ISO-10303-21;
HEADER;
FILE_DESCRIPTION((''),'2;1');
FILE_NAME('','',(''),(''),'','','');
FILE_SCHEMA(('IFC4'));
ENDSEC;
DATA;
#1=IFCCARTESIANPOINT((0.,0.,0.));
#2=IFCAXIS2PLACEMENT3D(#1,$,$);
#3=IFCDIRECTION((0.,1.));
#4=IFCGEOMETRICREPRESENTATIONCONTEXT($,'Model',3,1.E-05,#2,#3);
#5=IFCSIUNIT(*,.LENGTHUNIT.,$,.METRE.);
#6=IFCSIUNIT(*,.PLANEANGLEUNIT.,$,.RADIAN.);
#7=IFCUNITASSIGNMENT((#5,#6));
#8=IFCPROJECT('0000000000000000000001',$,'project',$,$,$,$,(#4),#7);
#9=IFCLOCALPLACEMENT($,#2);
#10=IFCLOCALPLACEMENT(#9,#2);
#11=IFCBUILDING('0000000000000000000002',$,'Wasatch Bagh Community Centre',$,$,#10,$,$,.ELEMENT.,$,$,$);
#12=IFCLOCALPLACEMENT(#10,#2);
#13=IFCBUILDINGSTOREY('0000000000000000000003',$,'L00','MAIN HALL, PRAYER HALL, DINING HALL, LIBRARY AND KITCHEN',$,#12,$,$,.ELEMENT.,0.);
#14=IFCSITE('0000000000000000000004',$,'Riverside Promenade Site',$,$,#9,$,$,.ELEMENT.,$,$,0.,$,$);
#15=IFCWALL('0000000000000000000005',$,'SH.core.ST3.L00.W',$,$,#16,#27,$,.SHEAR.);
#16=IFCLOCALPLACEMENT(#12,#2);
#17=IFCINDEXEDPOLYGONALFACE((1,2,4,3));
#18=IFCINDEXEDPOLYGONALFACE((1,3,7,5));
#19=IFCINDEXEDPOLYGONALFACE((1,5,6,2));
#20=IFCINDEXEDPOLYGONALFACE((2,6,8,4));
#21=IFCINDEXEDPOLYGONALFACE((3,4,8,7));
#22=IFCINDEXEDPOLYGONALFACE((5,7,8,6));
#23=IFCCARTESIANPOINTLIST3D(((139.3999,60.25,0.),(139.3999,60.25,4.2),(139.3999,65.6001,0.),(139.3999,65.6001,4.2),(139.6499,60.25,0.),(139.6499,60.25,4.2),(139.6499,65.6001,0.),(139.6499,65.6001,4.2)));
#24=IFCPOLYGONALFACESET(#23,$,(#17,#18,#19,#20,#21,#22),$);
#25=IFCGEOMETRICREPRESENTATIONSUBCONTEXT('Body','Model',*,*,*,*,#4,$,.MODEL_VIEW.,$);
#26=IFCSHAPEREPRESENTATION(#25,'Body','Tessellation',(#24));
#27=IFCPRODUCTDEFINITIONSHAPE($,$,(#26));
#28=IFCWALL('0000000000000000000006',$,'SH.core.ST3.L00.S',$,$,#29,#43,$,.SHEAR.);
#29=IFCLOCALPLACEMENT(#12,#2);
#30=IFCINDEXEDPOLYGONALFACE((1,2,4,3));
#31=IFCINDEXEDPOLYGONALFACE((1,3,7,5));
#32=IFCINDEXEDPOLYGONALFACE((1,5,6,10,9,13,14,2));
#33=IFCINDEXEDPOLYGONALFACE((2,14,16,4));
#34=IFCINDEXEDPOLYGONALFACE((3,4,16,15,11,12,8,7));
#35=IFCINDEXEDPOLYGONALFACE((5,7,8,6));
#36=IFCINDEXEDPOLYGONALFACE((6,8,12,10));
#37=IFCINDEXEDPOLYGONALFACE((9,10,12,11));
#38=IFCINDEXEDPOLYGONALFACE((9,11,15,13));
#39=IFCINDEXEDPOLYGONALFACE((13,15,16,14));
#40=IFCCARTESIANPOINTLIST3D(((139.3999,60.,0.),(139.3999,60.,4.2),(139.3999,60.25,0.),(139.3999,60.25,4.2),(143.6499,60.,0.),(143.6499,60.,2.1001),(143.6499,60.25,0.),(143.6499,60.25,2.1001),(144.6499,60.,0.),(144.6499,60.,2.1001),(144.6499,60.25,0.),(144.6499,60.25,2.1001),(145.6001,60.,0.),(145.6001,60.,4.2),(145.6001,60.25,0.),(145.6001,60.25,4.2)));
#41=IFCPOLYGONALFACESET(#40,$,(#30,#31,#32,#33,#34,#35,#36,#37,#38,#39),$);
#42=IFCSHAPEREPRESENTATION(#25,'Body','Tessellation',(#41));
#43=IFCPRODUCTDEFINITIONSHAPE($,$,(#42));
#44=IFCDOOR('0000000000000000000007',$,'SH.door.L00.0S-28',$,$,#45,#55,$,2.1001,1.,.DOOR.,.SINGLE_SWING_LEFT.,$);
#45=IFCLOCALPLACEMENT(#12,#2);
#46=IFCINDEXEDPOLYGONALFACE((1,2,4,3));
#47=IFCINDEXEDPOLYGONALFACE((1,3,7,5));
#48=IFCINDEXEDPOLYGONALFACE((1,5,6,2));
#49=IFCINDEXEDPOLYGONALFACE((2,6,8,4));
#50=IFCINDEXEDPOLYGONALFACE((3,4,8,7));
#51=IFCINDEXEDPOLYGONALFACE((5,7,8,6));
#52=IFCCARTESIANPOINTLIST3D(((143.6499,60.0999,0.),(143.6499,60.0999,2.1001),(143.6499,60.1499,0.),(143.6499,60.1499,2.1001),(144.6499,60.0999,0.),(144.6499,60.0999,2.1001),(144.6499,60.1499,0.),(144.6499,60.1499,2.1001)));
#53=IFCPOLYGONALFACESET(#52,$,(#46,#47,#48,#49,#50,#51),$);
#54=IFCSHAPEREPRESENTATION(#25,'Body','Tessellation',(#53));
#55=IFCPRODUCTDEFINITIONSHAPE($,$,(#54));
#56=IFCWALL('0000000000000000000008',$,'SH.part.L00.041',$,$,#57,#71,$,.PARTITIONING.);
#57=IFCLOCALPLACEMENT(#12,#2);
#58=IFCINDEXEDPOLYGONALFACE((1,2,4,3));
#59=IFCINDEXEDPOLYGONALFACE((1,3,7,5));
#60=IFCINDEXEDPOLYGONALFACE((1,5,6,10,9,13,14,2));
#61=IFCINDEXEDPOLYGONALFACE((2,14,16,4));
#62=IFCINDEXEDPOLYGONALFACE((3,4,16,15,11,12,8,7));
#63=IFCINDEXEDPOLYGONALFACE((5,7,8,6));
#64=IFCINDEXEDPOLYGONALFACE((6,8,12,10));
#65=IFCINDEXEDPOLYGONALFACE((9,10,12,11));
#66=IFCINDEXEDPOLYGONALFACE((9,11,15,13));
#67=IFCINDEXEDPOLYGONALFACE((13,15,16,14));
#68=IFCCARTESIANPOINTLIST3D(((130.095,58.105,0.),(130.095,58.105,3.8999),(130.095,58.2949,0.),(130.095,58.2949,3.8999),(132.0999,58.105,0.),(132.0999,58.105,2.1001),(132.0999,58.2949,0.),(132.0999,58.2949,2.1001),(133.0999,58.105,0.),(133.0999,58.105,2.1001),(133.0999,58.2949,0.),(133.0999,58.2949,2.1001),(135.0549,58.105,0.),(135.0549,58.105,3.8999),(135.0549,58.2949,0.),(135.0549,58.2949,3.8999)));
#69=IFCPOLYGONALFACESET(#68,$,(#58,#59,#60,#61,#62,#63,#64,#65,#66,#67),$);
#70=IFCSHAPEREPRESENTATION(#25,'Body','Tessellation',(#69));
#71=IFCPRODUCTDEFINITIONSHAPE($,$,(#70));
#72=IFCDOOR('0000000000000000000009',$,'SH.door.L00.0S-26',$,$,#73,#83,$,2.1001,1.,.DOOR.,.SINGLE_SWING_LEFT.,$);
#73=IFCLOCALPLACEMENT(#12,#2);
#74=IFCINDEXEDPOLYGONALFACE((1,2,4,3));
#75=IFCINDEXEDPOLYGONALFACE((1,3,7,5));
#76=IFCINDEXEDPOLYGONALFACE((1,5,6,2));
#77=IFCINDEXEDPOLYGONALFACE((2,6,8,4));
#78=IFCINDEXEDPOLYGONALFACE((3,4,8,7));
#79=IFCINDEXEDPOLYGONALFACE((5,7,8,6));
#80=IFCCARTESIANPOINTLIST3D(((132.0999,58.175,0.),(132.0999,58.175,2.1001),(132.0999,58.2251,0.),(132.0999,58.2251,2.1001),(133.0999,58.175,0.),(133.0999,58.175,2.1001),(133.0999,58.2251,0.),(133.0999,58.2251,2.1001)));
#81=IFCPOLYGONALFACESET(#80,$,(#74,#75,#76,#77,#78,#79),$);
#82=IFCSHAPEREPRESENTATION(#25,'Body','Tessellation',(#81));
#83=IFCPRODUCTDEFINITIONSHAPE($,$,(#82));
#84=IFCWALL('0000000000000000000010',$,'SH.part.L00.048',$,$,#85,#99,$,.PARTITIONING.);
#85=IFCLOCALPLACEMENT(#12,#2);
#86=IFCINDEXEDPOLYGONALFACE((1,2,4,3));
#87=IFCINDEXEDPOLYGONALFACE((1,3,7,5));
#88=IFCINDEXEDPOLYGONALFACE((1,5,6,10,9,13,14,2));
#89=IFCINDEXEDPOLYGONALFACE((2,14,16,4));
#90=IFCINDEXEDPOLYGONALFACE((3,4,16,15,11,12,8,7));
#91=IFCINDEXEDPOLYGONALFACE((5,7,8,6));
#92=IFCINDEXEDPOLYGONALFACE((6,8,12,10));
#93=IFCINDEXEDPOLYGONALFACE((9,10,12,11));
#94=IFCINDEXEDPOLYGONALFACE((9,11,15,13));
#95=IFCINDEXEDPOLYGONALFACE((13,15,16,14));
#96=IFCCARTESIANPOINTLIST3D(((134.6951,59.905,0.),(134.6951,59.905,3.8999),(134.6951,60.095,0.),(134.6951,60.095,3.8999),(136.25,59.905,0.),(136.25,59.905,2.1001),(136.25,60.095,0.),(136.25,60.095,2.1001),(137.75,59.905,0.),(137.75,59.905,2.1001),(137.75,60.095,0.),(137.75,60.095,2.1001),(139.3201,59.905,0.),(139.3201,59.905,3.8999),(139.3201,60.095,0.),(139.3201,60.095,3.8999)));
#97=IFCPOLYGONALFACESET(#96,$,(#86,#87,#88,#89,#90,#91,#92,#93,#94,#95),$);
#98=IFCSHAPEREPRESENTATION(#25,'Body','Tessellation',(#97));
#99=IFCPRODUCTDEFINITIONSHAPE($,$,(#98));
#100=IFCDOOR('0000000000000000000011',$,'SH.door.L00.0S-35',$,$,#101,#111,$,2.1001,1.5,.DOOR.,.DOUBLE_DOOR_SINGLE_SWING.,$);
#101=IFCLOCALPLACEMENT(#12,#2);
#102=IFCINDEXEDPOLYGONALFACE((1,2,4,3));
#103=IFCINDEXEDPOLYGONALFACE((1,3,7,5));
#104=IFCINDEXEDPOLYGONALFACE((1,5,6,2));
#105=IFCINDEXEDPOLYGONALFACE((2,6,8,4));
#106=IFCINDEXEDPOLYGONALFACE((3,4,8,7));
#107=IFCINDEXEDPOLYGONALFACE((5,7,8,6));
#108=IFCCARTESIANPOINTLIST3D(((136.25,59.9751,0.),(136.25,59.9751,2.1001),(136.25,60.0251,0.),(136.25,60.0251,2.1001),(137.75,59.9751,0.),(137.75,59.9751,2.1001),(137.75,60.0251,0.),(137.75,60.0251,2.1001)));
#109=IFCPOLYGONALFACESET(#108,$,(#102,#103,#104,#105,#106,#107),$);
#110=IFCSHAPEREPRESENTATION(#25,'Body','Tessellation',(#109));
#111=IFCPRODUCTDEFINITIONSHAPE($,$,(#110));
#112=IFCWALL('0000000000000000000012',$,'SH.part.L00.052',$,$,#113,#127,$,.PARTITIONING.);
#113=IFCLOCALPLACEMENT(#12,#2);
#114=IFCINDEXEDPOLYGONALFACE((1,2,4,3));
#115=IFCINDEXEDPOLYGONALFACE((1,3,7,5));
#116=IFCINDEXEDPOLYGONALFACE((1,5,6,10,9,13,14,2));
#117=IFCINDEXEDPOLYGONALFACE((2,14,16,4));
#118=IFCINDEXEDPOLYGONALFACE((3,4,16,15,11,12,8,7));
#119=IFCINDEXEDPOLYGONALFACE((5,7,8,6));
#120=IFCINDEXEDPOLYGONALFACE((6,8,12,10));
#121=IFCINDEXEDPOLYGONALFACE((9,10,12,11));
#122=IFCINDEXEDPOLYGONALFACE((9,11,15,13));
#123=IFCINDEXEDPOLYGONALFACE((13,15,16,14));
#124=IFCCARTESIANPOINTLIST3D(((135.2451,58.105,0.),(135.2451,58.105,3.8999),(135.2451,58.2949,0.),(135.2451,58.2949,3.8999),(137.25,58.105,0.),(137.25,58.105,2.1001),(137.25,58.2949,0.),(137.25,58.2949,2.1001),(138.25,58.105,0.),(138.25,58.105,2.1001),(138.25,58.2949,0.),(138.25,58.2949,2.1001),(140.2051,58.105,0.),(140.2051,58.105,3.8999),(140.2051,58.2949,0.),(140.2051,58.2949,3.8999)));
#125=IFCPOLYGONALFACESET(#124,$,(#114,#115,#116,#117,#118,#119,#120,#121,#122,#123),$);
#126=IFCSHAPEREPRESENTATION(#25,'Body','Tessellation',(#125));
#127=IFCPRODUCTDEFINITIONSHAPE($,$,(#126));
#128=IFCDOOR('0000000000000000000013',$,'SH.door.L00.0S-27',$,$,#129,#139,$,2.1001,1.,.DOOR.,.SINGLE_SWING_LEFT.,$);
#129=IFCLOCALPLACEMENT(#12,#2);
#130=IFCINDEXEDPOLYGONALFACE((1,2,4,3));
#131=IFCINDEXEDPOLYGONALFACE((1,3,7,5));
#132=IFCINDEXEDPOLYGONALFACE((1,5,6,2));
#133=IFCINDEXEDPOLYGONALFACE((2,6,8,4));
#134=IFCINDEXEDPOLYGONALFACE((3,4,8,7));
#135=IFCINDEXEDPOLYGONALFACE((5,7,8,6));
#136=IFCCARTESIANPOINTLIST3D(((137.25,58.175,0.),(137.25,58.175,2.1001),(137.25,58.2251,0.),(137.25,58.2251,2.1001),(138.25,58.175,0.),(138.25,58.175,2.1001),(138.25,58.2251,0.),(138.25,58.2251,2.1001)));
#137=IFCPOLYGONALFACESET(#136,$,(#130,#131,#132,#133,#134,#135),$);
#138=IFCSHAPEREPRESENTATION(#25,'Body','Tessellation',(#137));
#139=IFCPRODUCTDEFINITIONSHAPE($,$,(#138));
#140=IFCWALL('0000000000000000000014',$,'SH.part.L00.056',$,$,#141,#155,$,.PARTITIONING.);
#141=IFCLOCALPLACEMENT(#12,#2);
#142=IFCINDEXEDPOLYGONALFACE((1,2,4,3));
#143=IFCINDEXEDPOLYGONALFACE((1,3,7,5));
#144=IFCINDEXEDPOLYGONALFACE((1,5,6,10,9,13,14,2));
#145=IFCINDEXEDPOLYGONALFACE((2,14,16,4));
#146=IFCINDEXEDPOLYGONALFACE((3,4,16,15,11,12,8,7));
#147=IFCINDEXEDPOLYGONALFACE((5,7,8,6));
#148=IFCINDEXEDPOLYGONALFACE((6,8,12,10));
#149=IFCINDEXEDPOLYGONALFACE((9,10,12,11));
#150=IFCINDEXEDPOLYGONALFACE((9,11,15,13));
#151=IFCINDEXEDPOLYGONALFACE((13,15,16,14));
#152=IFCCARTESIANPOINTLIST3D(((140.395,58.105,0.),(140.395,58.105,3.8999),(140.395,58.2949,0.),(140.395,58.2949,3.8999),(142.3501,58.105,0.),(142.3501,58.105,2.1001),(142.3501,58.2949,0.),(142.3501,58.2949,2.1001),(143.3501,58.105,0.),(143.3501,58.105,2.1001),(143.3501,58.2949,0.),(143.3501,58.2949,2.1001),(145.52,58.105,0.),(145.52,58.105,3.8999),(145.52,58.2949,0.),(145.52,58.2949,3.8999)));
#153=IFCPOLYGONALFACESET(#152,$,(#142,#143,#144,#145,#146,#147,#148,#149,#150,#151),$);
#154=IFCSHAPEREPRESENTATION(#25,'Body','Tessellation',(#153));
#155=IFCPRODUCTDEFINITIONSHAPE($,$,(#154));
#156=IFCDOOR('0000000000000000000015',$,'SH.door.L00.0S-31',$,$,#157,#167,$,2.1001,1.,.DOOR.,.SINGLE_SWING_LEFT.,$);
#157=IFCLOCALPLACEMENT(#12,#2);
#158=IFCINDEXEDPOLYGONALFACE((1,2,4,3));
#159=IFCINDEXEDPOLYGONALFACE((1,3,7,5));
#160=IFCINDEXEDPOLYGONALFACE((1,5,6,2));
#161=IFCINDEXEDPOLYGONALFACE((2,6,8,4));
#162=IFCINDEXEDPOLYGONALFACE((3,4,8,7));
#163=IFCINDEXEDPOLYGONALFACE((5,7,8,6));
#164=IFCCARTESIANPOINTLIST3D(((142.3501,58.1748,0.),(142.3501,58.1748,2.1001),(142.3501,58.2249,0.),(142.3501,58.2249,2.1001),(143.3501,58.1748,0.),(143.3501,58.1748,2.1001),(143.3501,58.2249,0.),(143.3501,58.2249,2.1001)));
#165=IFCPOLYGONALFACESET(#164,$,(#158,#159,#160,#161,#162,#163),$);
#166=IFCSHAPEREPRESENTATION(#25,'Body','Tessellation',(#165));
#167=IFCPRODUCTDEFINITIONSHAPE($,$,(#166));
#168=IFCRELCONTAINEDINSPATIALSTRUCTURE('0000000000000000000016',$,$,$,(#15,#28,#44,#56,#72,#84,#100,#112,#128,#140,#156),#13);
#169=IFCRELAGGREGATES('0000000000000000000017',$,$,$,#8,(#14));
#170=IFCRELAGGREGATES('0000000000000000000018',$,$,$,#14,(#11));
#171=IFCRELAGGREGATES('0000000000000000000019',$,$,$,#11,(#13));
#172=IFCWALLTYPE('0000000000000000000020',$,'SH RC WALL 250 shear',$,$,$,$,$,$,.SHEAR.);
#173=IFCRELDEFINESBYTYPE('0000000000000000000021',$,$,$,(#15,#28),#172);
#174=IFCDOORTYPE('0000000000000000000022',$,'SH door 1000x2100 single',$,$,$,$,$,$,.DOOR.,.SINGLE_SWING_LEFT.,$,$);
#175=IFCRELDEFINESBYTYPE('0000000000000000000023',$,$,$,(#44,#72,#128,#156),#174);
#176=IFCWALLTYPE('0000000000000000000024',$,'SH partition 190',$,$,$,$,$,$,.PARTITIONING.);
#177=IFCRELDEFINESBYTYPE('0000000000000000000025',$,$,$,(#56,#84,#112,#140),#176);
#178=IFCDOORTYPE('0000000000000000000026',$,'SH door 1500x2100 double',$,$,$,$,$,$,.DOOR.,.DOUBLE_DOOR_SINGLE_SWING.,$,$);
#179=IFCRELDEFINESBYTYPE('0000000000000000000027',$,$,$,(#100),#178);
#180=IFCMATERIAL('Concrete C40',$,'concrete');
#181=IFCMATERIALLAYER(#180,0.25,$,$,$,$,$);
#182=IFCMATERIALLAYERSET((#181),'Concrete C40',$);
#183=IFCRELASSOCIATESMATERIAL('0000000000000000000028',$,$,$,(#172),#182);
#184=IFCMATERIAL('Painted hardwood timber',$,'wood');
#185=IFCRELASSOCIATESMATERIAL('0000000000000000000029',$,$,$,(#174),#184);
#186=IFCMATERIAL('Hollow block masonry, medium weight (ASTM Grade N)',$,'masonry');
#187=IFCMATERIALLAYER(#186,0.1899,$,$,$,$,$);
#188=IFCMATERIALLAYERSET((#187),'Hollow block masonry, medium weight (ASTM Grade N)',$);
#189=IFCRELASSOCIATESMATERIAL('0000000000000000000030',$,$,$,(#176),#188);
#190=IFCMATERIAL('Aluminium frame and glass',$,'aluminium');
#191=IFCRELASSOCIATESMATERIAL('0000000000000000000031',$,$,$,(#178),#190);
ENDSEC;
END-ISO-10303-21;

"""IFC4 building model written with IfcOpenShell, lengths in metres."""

from ifc_helpers import new_model, si_unit, direction, frame, frame_2d, origin, place, context, subcontext, project, spatial, rectangle, extrude, material, layer, layer_set, type_object, element, fill, save


model = new_model("IFC4")

# Units and contexts
model_context = context("Model", 3, precision=1e-05, world=origin(), true_north=direction((0.0, 1.0)))
body_context = subcontext(model_context, "Body", "Model", "MODEL_VIEW")
ifc_project = project(units=[si_unit("LENGTHUNIT", "METRE"), si_unit("PLANEANGLEUNIT", "RADIAN")], contexts=[model_context])

# Site, building, storey
site_placement = place(None, origin())
site = spatial("IfcSite", under=ifc_project, at=site_placement, Name="Riverside Promenade Site", CompositionType="ELEMENT", RefElevation=0.0)
building_placement = place(site_placement, origin())
building = spatial("IfcBuilding", under=site, at=building_placement, Name="Wasatch Bagh Community Centre", CompositionType="ELEMENT")
storey_placement = place(building_placement, origin())
storey = spatial("IfcBuildingStorey", under=building, at=storey_placement, Name="L00", Description="MAIN HALL, PRAYER HALL, DINING HALL, LIBRARY AND KITCHEN", CompositionType="ELEMENT", Elevation=0.0)

# Shared definitions
ifc_material_1 = material(Name="Concrete C40", Category="concrete")

# Wall
ifc_layer_1 = layer(ifc_material_1, 0.25)
ifc_layer_set_1 = layer_set([ifc_layer_1], Name="Concrete C40")
wall_type_1 = type_object("IfcWallType", Name="SH RC WALL 250 shear", PredefinedType="SHEAR", material=ifc_layer_set_1)
wall_1_placement = place(storey_placement, frame((139.5249, 60.25, 0.0), z_axis=(0.0, 0.0, 1.0), x_axis=(0.0, 1.0, 0.0)))
element("IfcWall", 1, at=wall_1_placement, inside=storey, type_object=wall_type_1, Name="SH.core.ST3.L00.W", PredefinedType="SHEAR", context=body_context, shape_type="SweptSolid", body=[
    extrude(rectangle(XDim=5.3501, YDim=0.25, at=frame_2d((2.675, 0.0))), origin(), (0.0, 0.0, 1.0), 4.2),
])

# Walls, openings, doors
wall_2_placement = place(storey_placement, frame((139.3999, 60.125, 0.0), z_axis=(0.0, 0.0, 1.0), x_axis=(1.0, 0.0, 0.0)))
wall_2 = element("IfcWall", 2, at=wall_2_placement, inside=storey, type_object=wall_type_1, Name="SH.core.ST3.L00.S", PredefinedType="SHEAR", context=body_context, shape_type="SweptSolid", body=[
    extrude(rectangle(XDim=6.2002, YDim=0.25, at=frame_2d((3.1001, 0.0))), origin(), (0.0, 0.0, 1.0), 4.2),
])
opening_1_placement = place(wall_2_placement, frame((4.25, 0.0, 0.0)))
opening_1 = element("IfcOpeningElement", 3, at=opening_1_placement, cuts=wall_2, PredefinedType="OPENING", context=body_context, shape_type="SweptSolid", body=[
    extrude(rectangle(XDim=1.0, YDim=2.1001, at=frame_2d((0.5, 1.05))), frame((0.0, 0.135, 0.0), z_axis=(0.0, -1.0, 0.0), x_axis=(1.0, 0.0, 0.0)), (0.0, 0.0, 1.0), 0.27),
])
ifc_material_2 = material(Name="Painted hardwood timber", Category="wood")
door_type_1 = type_object("IfcDoorType", Name="SH door 1000x2100 single", OperationType="SINGLE_SWING_LEFT", PredefinedType="DOOR", material=ifc_material_2)
door_1_placement = place(opening_1_placement, origin())
door_1 = element("IfcDoor", 4, at=door_1_placement, inside=storey, type_object=door_type_1, Name="SH.door.L00.0S-28", OperationType="SINGLE_SWING_LEFT", OverallHeight=2.1001, OverallWidth=1.0, PredefinedType="DOOR", context=body_context, shape_type="SweptSolid", body=[
    extrude(rectangle(XDim=1.0, YDim=2.1001, at=frame_2d((0.5, 1.05))), frame((0.0, 0.0249, 0.0), z_axis=(0.0, -1.0, 0.0), x_axis=(1.0, 0.0, 0.0)), (0.0, 0.0, 1.0), 0.05),
])
fill(opening_1, door_1)
ifc_material_3 = material(Name="Hollow block masonry, medium weight (ASTM Grade N)", Category="masonry")
ifc_layer_2 = layer(ifc_material_3, 0.1899)
ifc_layer_set_2 = layer_set([ifc_layer_2], Name="Hollow block masonry, medium weight (ASTM Grade N)")
wall_type_2 = type_object("IfcWallType", Name="SH partition 190", PredefinedType="PARTITIONING", material=ifc_layer_set_2)
wall_3_placement = place(storey_placement, frame((135.0549, 58.2, 0.0), z_axis=(0.0, 0.0, 1.0), x_axis=(-1.0, 0.0, 0.0)))
wall_3 = element("IfcWall", 5, at=wall_3_placement, inside=storey, type_object=wall_type_2, Name="SH.part.L00.041", PredefinedType="PARTITIONING", context=body_context, shape_type="SweptSolid", body=[
    extrude(rectangle(XDim=4.96, YDim=0.1899, at=frame_2d((2.48, 0.0))), origin(), (0.0, 0.0, 1.0), 3.8999),
])
opening_2_placement = place(wall_3_placement, frame((1.9551, 0.0, 0.0)))
opening_2 = element("IfcOpeningElement", 6, at=opening_2_placement, cuts=wall_3, PredefinedType="OPENING", context=body_context, shape_type="SweptSolid", body=[
    extrude(rectangle(XDim=1.0, YDim=2.1001, at=frame_2d((0.5, 1.05))), frame((0.0, 0.105, 0.0), z_axis=(0.0, -1.0, 0.0), x_axis=(1.0, 0.0, 0.0)), (0.0, 0.0, 1.0), 0.21),
])
door_2_placement = place(opening_2_placement, origin())
door_2 = element("IfcDoor", 7, at=door_2_placement, inside=storey, type_object=door_type_1, Name="SH.door.L00.0S-26", OperationType="SINGLE_SWING_LEFT", OverallHeight=2.1001, OverallWidth=1.0, PredefinedType="DOOR", context=body_context, shape_type="SweptSolid", body=[
    extrude(rectangle(XDim=1.0, YDim=2.1001, at=frame_2d((0.5, 1.05))), frame((0.0, 0.0249, 0.0), z_axis=(0.0, -1.0, 0.0), x_axis=(1.0, 0.0, 0.0)), (0.0, 0.0, 1.0), 0.05),
])
fill(opening_2, door_2)
wall_4_placement = place(storey_placement, frame((139.3201, 60.0, 0.0), z_axis=(0.0, 0.0, 1.0), x_axis=(-1.0, 0.0, 0.0)))
wall_4 = element("IfcWall", 8, at=wall_4_placement, inside=storey, type_object=wall_type_2, Name="SH.part.L00.048", PredefinedType="PARTITIONING", context=body_context, shape_type="SweptSolid", body=[
    extrude(rectangle(XDim=4.625, YDim=0.1899, at=frame_2d((2.3125, 0.0))), origin(), (0.0, 0.0, 1.0), 3.8999),
])
opening_3_placement = place(wall_4_placement, frame((1.5701, 0.0, 0.0)))
opening_3 = element("IfcOpeningElement", 9, at=opening_3_placement, cuts=wall_4, PredefinedType="OPENING", context=body_context, shape_type="SweptSolid", body=[
    extrude(rectangle(XDim=1.5, YDim=2.1001, at=frame_2d((0.75, 1.05))), frame((0.0, 0.105, 0.0), z_axis=(0.0, -1.0, 0.0), x_axis=(1.0, 0.0, 0.0)), (0.0, 0.0, 1.0), 0.21),
])
ifc_material_4 = material(Name="Aluminium frame and glass", Category="aluminium")
door_type_2 = type_object("IfcDoorType", Name="SH door 1500x2100 double", OperationType="DOUBLE_DOOR_SINGLE_SWING", PredefinedType="DOOR", material=ifc_material_4)
door_3_placement = place(opening_3_placement, origin())
door_3 = element("IfcDoor", 10, at=door_3_placement, inside=storey, type_object=door_type_2, Name="SH.door.L00.0S-35", OperationType="DOUBLE_DOOR_SINGLE_SWING", OverallHeight=2.1001, OverallWidth=1.5, PredefinedType="DOOR", context=body_context, shape_type="SweptSolid", body=[
    extrude(rectangle(XDim=1.5, YDim=2.1001, at=frame_2d((0.75, 1.05))), frame((0.0, 0.0249, 0.0), z_axis=(0.0, -1.0, 0.0), x_axis=(1.0, 0.0, 0.0)), (0.0, 0.0, 1.0), 0.05),
])
fill(opening_3, door_3)
wall_5_placement = place(storey_placement, frame((140.2051, 58.2, 0.0), z_axis=(0.0, 0.0, 1.0), x_axis=(-1.0, 0.0, 0.0)))
wall_5 = element("IfcWall", 11, at=wall_5_placement, inside=storey, type_object=wall_type_2, Name="SH.part.L00.052", PredefinedType="PARTITIONING", context=body_context, shape_type="SweptSolid", body=[
    extrude(rectangle(XDim=4.96, YDim=0.1899, at=frame_2d((2.48, 0.0))), origin(), (0.0, 0.0, 1.0), 3.8999),
])
opening_4_placement = place(wall_5_placement, frame((1.9551, 0.0, 0.0)))
opening_4 = element("IfcOpeningElement", 12, at=opening_4_placement, cuts=wall_5, PredefinedType="OPENING", context=body_context, shape_type="SweptSolid", body=[
    extrude(rectangle(XDim=1.0, YDim=2.1001, at=frame_2d((0.5, 1.05))), frame((0.0, 0.105, 0.0), z_axis=(0.0, -1.0, 0.0), x_axis=(1.0, 0.0, 0.0)), (0.0, 0.0, 1.0), 0.21),
])
door_4_placement = place(opening_4_placement, origin())
door_4 = element("IfcDoor", 13, at=door_4_placement, inside=storey, type_object=door_type_1, Name="SH.door.L00.0S-27", OperationType="SINGLE_SWING_LEFT", OverallHeight=2.1001, OverallWidth=1.0, PredefinedType="DOOR", context=body_context, shape_type="SweptSolid", body=[
    extrude(rectangle(XDim=1.0, YDim=2.1001, at=frame_2d((0.5, 1.05))), frame((0.0, 0.0249, 0.0), z_axis=(0.0, -1.0, 0.0), x_axis=(1.0, 0.0, 0.0)), (0.0, 0.0, 1.0), 0.05),
])
fill(opening_4, door_4)
wall_6_placement = place(storey_placement, frame((140.395, 58.2, 0.0), z_axis=(0.0, 0.0, 1.0), x_axis=(1.0, 0.0, 0.0)))
wall_6 = element("IfcWall", 14, at=wall_6_placement, inside=storey, type_object=wall_type_2, Name="SH.part.L00.056", PredefinedType="PARTITIONING", context=body_context, shape_type="SweptSolid", body=[
    extrude(rectangle(XDim=5.125, YDim=0.1899, at=frame_2d((2.5625, 0.0))), origin(), (0.0, 0.0, 1.0), 3.8999),
])
opening_5_placement = place(wall_6_placement, frame((1.9551, 0.0, 0.0)))
opening_5 = element("IfcOpeningElement", 15, at=opening_5_placement, cuts=wall_6, PredefinedType="OPENING", context=body_context, shape_type="SweptSolid", body=[
    extrude(rectangle(XDim=1.0, YDim=2.1001, at=frame_2d((0.5, 1.05))), frame((0.0, 0.105, 0.0), z_axis=(0.0, -1.0, 0.0), x_axis=(1.0, 0.0, 0.0)), (0.0, 0.0, 1.0), 0.21),
])
door_5_placement = place(opening_5_placement, origin())
door_5 = element("IfcDoor", 16, at=door_5_placement, inside=storey, type_object=door_type_1, Name="SH.door.L00.0S-31", OperationType="SINGLE_SWING_LEFT", OverallHeight=2.1001, OverallWidth=1.0, PredefinedType="DOOR", context=body_context, shape_type="SweptSolid", body=[
    extrude(rectangle(XDim=1.0, YDim=2.1001, at=frame_2d((0.5, 1.05))), frame((0.0, 0.0249, 0.0), z_axis=(0.0, -1.0, 0.0), x_axis=(1.0, 0.0, 0.0)), (0.0, 0.0, 1.0), 0.05),
])
fill(opening_5, door_5)

save(model, "model.ifc")
